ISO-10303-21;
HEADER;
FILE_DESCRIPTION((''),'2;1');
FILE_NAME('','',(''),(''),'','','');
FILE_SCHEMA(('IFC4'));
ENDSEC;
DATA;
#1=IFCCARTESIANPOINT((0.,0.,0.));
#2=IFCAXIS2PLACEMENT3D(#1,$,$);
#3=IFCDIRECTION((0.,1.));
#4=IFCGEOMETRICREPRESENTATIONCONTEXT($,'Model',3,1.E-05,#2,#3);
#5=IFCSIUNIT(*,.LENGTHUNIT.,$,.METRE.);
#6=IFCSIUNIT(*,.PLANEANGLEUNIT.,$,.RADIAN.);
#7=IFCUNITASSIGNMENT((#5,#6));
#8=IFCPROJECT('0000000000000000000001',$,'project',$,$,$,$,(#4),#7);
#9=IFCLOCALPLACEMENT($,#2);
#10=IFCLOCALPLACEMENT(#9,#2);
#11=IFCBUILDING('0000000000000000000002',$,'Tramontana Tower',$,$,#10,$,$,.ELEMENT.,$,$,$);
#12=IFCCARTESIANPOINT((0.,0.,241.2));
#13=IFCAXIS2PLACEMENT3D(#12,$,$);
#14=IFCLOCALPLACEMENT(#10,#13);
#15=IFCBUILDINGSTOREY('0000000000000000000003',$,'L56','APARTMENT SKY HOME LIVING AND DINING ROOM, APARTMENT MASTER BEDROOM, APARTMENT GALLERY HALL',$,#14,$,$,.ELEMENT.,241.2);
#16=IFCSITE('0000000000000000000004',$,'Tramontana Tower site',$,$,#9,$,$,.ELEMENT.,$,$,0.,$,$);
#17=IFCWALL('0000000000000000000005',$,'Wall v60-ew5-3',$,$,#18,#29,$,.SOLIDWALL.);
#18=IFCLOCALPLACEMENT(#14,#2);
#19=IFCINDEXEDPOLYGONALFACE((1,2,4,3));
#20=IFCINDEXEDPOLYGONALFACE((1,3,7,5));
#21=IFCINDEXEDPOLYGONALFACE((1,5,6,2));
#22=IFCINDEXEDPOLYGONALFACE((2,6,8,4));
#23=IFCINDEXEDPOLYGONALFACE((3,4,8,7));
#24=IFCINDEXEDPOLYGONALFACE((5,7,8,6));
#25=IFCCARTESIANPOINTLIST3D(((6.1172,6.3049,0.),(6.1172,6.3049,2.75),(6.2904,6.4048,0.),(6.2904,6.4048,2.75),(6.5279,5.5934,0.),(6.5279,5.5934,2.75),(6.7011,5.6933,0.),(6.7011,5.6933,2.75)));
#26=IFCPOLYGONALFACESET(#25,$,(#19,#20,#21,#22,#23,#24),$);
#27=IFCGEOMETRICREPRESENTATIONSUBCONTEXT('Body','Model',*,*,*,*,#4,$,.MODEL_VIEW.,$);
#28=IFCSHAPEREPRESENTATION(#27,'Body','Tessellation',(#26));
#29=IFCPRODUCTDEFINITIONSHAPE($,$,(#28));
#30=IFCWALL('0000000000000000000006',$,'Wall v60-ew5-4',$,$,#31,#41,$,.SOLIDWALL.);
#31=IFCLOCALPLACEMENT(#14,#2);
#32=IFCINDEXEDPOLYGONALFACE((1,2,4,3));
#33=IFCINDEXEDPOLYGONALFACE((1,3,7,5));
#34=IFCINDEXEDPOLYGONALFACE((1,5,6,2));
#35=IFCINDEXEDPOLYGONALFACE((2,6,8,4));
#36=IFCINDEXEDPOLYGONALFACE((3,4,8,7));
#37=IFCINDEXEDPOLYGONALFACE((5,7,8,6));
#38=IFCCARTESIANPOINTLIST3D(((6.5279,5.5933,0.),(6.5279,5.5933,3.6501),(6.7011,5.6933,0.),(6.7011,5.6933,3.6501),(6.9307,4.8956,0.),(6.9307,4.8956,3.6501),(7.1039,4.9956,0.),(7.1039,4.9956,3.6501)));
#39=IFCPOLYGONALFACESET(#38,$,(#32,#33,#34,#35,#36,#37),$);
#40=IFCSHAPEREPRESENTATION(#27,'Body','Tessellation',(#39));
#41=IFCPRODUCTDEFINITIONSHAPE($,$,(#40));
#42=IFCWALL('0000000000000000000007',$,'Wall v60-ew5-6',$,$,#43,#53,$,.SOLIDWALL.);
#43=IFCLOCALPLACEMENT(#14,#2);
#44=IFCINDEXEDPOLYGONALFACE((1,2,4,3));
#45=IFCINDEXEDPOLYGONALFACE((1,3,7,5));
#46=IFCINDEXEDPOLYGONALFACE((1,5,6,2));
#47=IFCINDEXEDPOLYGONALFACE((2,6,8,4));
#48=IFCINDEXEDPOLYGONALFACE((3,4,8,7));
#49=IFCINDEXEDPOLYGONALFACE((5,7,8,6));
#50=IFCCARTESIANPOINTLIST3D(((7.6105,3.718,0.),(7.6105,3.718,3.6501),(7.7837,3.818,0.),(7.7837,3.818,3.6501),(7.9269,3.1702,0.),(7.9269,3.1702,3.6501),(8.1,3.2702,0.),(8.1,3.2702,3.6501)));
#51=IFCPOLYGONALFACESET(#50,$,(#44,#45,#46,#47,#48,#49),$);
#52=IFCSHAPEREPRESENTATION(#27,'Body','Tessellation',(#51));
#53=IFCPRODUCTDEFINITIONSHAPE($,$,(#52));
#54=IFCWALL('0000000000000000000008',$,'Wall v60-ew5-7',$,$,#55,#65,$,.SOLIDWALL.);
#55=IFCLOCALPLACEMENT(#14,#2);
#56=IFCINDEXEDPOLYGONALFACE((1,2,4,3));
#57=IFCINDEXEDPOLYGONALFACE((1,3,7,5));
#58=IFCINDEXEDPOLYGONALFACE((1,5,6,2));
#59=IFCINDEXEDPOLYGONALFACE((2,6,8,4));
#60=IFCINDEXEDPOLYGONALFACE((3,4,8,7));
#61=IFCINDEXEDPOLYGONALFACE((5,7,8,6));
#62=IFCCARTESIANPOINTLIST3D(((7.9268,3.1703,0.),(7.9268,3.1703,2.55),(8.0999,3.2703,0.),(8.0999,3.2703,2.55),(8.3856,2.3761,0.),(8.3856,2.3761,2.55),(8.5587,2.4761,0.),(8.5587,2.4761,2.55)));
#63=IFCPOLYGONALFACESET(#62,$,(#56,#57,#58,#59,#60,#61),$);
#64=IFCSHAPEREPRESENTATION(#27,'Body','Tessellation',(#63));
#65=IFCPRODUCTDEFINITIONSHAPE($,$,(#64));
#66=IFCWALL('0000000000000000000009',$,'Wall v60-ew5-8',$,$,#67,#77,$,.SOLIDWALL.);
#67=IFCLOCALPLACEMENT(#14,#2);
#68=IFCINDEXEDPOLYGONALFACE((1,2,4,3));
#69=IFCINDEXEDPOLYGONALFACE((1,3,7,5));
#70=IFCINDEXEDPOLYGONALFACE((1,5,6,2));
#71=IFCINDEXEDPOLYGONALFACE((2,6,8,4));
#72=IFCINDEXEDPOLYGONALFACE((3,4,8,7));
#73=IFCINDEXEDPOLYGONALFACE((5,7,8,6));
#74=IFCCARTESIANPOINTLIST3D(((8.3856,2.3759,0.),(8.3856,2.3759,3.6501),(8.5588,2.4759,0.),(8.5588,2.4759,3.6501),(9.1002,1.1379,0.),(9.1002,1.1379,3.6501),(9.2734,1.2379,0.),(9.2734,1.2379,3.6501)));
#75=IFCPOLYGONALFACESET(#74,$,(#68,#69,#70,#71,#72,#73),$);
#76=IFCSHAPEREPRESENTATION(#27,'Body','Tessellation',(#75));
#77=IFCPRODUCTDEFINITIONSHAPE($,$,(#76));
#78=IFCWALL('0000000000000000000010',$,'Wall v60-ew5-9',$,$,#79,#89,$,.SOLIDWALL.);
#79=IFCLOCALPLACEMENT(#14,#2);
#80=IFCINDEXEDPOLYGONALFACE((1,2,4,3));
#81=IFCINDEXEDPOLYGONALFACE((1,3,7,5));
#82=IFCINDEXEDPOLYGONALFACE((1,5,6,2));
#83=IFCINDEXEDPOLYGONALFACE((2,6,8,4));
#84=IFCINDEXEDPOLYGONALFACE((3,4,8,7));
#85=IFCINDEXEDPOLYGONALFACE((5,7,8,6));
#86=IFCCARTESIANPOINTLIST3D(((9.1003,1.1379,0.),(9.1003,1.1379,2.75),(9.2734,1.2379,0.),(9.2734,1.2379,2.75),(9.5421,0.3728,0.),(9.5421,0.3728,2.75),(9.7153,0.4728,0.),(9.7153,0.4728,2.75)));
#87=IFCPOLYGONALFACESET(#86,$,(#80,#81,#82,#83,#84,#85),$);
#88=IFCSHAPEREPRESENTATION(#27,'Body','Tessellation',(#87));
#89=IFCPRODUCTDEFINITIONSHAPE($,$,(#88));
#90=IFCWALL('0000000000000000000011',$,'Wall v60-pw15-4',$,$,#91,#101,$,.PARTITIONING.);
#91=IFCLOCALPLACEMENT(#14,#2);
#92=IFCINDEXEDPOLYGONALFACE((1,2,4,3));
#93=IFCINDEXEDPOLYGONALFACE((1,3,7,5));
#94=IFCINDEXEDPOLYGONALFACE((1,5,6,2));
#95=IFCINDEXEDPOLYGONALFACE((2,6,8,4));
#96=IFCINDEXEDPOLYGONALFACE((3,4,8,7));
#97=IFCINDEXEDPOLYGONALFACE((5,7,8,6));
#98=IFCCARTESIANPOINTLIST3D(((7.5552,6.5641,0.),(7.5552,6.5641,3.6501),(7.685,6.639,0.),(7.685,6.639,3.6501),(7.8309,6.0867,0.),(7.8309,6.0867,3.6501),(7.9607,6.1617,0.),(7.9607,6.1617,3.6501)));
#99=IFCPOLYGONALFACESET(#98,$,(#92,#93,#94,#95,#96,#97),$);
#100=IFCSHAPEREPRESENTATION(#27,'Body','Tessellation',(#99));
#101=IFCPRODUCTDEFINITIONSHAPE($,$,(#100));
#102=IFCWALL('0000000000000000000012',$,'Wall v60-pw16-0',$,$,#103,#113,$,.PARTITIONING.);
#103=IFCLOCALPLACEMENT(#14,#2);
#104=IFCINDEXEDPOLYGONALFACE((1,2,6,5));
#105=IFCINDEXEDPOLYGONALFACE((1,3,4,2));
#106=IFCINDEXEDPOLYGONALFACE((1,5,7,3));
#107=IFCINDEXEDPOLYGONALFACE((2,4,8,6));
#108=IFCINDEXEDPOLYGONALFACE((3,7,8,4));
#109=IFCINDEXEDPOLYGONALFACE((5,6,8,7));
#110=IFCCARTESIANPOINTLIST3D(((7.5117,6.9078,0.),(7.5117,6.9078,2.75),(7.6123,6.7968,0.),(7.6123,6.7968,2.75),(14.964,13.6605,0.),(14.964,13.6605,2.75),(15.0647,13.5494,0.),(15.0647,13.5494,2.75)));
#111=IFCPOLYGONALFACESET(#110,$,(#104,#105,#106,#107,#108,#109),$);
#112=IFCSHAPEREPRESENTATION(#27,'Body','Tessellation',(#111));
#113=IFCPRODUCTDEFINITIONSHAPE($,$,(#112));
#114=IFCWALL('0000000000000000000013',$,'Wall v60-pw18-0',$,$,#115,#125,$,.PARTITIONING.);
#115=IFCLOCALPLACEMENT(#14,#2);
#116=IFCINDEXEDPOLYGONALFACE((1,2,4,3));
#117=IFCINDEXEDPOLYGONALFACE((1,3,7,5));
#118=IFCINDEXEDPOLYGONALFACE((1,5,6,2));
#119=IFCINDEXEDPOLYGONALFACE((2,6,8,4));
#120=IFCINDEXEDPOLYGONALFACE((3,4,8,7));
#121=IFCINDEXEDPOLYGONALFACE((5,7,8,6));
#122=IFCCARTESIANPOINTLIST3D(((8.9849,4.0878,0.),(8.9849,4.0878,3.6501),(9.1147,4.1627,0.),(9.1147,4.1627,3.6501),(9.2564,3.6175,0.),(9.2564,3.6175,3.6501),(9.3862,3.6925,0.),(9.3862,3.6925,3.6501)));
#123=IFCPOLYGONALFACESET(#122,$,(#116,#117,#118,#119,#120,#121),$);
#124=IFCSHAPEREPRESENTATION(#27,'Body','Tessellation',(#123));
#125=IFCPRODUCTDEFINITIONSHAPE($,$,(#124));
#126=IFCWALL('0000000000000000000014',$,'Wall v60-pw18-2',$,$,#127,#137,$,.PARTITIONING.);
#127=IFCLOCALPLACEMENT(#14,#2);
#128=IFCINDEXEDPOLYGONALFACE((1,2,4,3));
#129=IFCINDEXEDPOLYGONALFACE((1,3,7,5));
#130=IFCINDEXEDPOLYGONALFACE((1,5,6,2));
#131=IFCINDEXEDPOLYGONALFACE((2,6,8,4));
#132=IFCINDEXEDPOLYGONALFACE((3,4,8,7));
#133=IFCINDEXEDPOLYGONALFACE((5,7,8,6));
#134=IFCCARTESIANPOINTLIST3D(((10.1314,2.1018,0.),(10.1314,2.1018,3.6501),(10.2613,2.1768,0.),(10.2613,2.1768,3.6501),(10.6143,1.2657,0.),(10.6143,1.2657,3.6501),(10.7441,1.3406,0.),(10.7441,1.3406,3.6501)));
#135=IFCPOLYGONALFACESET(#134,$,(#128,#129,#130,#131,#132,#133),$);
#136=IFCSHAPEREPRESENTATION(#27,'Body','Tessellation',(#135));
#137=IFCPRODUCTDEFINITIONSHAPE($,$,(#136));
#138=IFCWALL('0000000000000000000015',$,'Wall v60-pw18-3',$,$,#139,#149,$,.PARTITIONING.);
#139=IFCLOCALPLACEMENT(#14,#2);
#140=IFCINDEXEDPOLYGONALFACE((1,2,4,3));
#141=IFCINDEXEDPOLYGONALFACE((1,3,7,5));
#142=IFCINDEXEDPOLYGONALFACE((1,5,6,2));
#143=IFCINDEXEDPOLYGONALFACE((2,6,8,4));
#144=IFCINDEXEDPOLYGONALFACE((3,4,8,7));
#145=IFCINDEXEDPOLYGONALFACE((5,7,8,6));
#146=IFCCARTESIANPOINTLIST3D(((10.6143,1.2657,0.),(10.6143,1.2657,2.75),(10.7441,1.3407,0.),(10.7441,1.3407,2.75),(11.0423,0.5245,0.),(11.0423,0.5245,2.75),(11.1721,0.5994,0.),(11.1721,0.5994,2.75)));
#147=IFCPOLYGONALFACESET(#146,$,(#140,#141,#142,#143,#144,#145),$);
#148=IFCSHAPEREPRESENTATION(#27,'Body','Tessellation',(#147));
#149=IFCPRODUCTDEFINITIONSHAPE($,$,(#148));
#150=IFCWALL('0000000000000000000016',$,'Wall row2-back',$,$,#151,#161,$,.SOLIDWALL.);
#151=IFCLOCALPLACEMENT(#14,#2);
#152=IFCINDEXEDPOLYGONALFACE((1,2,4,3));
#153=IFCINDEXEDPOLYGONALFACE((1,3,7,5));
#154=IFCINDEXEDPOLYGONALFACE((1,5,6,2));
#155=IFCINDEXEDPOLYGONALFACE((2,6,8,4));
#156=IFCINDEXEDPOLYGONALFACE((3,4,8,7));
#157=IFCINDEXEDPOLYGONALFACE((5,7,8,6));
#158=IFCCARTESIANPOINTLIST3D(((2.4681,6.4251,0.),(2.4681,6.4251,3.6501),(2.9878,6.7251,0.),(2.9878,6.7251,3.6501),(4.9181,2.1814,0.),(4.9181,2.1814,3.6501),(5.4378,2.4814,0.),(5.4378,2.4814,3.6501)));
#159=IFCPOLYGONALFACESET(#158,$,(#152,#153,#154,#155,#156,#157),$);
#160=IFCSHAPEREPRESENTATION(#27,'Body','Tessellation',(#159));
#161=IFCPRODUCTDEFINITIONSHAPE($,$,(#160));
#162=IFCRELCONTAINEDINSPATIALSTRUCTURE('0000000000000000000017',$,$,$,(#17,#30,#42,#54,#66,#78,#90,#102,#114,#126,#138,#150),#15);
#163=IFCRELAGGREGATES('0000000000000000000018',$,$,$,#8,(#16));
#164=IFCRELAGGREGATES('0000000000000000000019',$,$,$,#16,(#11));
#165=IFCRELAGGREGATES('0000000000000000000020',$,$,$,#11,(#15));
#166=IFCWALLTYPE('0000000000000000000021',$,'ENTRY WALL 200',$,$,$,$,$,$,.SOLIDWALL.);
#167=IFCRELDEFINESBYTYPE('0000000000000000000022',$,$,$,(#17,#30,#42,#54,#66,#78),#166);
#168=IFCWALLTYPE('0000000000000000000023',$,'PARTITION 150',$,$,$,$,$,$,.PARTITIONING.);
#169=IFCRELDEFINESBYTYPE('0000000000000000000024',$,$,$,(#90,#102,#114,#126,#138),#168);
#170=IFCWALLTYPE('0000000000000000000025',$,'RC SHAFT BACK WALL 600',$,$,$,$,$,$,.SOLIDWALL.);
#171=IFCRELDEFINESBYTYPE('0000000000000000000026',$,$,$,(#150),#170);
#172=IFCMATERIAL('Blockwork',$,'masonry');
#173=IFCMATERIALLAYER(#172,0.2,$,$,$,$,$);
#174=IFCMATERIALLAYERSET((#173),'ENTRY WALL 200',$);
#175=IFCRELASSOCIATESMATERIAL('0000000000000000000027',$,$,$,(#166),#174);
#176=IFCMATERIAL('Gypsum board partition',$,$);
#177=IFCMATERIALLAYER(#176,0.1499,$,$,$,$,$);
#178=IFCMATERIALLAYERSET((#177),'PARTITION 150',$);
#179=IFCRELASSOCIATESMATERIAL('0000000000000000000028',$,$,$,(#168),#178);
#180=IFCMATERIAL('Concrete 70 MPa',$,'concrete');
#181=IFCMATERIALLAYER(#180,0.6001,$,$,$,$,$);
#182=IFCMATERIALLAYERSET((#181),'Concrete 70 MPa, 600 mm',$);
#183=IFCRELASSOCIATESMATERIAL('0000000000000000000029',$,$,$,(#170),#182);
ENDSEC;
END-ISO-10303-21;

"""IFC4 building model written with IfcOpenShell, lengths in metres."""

from ifc_helpers import new_model, si_unit, direction, frame, frame_2d, origin, place, context, subcontext, project, spatial, rectangle, extrude, material, layer, layer_set, type_object, element, save


model = new_model("IFC4")

# Units and contexts
model_context = context("Model", 3, precision=1e-05, world=origin(), true_north=direction((0.0, 1.0)))
body_context = subcontext(model_context, "Body", "Model", "MODEL_VIEW")
ifc_project = project(units=[si_unit("LENGTHUNIT", "METRE"), si_unit("PLANEANGLEUNIT", "RADIAN")], contexts=[model_context])

# Site, building, storey
site_placement = place(None, origin())
site = spatial("IfcSite", under=ifc_project, at=site_placement, Name="Tramontana Tower site", CompositionType="ELEMENT", RefElevation=0.0)
building_placement = place(site_placement, origin())
building = spatial("IfcBuilding", under=site, at=building_placement, Name="Tramontana Tower", CompositionType="ELEMENT")
storey_placement = place(building_placement, frame((0.0, 0.0, 241.2)))
storey = spatial("IfcBuildingStorey", under=building, at=storey_placement, Name="L56", Description="APARTMENT SKY HOME LIVING AND DINING ROOM, APARTMENT MASTER BEDROOM, APARTMENT GALLERY HALL", CompositionType="ELEMENT", Elevation=241.2)

# Walls
ifc_material_1 = material(Name="Blockwork", Category="masonry")
ifc_layer_1 = layer(ifc_material_1, 0.2)
ifc_layer_set_1 = layer_set([ifc_layer_1], Name="ENTRY WALL 200")
wall_type_1 = type_object("IfcWallType", Name="ENTRY WALL 200", PredefinedType="SOLIDWALL", material=ifc_layer_set_1)
wall_1_placement = place(storey_placement, frame((6.2039, 6.3547, 0.0), z_axis=(0.0, 0.0, 1.0), x_axis=(0.499911, -0.866077, 0.0)))
element("IfcWall", 1, at=wall_1_placement, inside=storey, type_object=wall_type_1, Name="Wall v60-ew5-3", PredefinedType="SOLIDWALL", context=body_context, shape_type="SweptSolid", body=[
    extrude(rectangle(XDim=0.8215, YDim=0.2, at=frame_2d((0.4106, 0.0))), origin(), (0.0, 0.0, 1.0), 2.75),
])
wall_2_placement = place(storey_placement, frame((6.6145, 5.6433, 0.0), z_axis=(0.0, 0.0, 1.0), x_axis=(0.499985, -0.866034, 0.0)))
element("IfcWall", 2, at=wall_2_placement, inside=storey, type_object=wall_type_1, Name="Wall v60-ew5-4", PredefinedType="SOLIDWALL", context=body_context, shape_type="SweptSolid", body=[
    extrude(rectangle(XDim=0.8057, YDim=0.2, at=frame_2d((0.4028, 0.0))), origin(), (0.0, 0.0, 1.0), 3.6501),
])

# Walls
wall_3_placement = place(storey_placement, frame((7.697, 3.7681, 0.0), z_axis=(0.0, 0.0, 1.0), x_axis=(0.500123, -0.865954, 0.0)))
element("IfcWall", 3, at=wall_3_placement, inside=storey, type_object=wall_type_1, Name="Wall v60-ew5-6", PredefinedType="SOLIDWALL", context=body_context, shape_type="SweptSolid", body=[
    extrude(rectangle(XDim=0.6326, YDim=0.2, at=frame_2d((0.3164, 0.0))), origin(), (0.0, 0.0, 1.0), 3.6501),
])
wall_4_placement = place(storey_placement, frame((8.0134, 3.2202, 0.0), z_axis=(0.0, 0.0, 1.0), x_axis=(0.500176, -0.865924, 0.0)))
element("IfcWall", 4, at=wall_4_placement, inside=storey, type_object=wall_type_1, Name="Wall v60-ew5-7", PredefinedType="SOLIDWALL", context=body_context, shape_type="SweptSolid", body=[
    extrude(rectangle(XDim=0.9172, YDim=0.2, at=frame_2d((0.4585, 0.0))), origin(), (0.0, 0.0, 1.0), 2.55),
])
wall_5_placement = place(storey_placement, frame((8.4722, 2.426, 0.0), z_axis=(0.0, 0.0, 1.0), x_axis=(0.499905, -0.86608, 0.0)))
element("IfcWall", 5, at=wall_5_placement, inside=storey, type_object=wall_type_1, Name="Wall v60-ew5-8", PredefinedType="SOLIDWALL", context=body_context, shape_type="SweptSolid", body=[
    extrude(rectangle(XDim=1.4294, YDim=0.2, at=frame_2d((0.7148, 0.0))), origin(), (0.0, 0.0, 1.0), 3.6501),
])
wall_6_placement = place(storey_placement, frame((9.1868, 1.188, 0.0), z_axis=(0.0, 0.0, 1.0), x_axis=(0.500121, -0.865955, 0.0)))
element("IfcWall", 6, at=wall_6_placement, inside=storey, type_object=wall_type_1, Name="Wall v60-ew5-9", PredefinedType="SOLIDWALL", context=body_context, shape_type="SweptSolid", body=[
    extrude(rectangle(XDim=0.8835, YDim=0.2, at=frame_2d((0.4419, 0.0))), origin(), (0.0, 0.0, 1.0), 2.75),
])
ifc_material_2 = material(Name="Gypsum board partition")
ifc_layer_2 = layer(ifc_material_2, 0.1499)
ifc_layer_set_2 = layer_set([ifc_layer_2], Name="PARTITION 150")
wall_type_2 = type_object("IfcWallType", Name="PARTITION 150", PredefinedType="PARTITIONING", material=ifc_layer_set_2)
wall_7_placement = place(storey_placement, frame((7.6201, 6.6016, 0.0), z_axis=(0.0, 0.0, 1.0), x_axis=(0.500093, -0.865972, 0.0)))
element("IfcWall", 7, at=wall_7_placement, inside=storey, type_object=wall_type_2, Name="Wall v60-pw15-4", PredefinedType="PARTITIONING", context=body_context, shape_type="SweptSolid", body=[
    extrude(rectangle(XDim=0.5513, YDim=0.1499, at=frame_2d((0.2756, 0.0))), origin(), (0.0, 0.0, 1.0), 3.6501),
])
wall_8_placement = place(storey_placement, frame((7.562, 6.8523, 0.0), z_axis=(0.0, 0.0, 1.0), x_axis=(0.741039, 0.671462, 0.0)))
element("IfcWall", 8, at=wall_8_placement, inside=storey, type_object=wall_type_2, Name="Wall v60-pw16-0", PredefinedType="PARTITIONING", context=body_context, shape_type="SweptSolid", body=[
    extrude(rectangle(XDim=10.0566, YDim=0.1499, at=frame_2d((5.0283, 0.0))), origin(), (0.0, 0.0, 1.0), 2.75),
])

# Wall
wall_9_placement = place(storey_placement, frame((9.0498, 4.1252, 0.0), z_axis=(0.0, 0.0, 1.0), x_axis=(0.500008, -0.866021, 0.0)))
element("IfcWall", 9, at=wall_9_placement, inside=storey, type_object=wall_type_2, Name="Wall v60-pw18-0", PredefinedType="PARTITIONING", context=body_context, shape_type="SweptSolid", body=[
    extrude(rectangle(XDim=0.543, YDim=0.1499, at=frame_2d((0.2715, 0.0))), origin(), (0.0, 0.0, 1.0), 3.6501),
])

# Walls
wall_10_placement = place(storey_placement, frame((10.1963, 2.1394, 0.0), z_axis=(0.0, 0.0, 1.0), x_axis=(0.500109, -0.865962, 0.0)))
element("IfcWall", 10, at=wall_10_placement, inside=storey, type_object=wall_type_2, Name="Wall v60-pw18-2", PredefinedType="PARTITIONING", context=body_context, shape_type="SweptSolid", body=[
    extrude(rectangle(XDim=0.9656, YDim=0.1499, at=frame_2d((0.4829, 0.0))), origin(), (0.0, 0.0, 1.0), 3.6501),
])
wall_11_placement = place(storey_placement, frame((10.6792, 1.3032, 0.0), z_axis=(0.0, 0.0, 1.0), x_axis=(0.500035, -0.866005, 0.0)))
element("IfcWall", 11, at=wall_11_placement, inside=storey, type_object=wall_type_2, Name="Wall v60-pw18-3", PredefinedType="PARTITIONING", context=body_context, shape_type="SweptSolid", body=[
    extrude(rectangle(XDim=0.856, YDim=0.1499, at=frame_2d((0.428, 0.0))), origin(), (0.0, 0.0, 1.0), 2.75),
])
ifc_material_3 = material(Name="Concrete 70 MPa", Category="concrete")
ifc_layer_3 = layer(ifc_material_3, 0.6001)
ifc_layer_set_3 = layer_set([ifc_layer_3], Name="Concrete 70 MPa, 600 mm")
wall_type_3 = type_object("IfcWallType", Name="RC SHAFT BACK WALL 600", PredefinedType="SOLIDWALL", material=ifc_layer_set_3)
wall_12_placement = place(storey_placement, frame((5.178, 2.3313, 0.0), z_axis=(0.0, 0.0, 1.0), x_axis=(-0.499981, 0.866036, 0.0)))
element("IfcWall", 12, at=wall_12_placement, inside=storey, type_object=wall_type_3, Name="Wall row2-back", PredefinedType="SOLIDWALL", context=body_context, shape_type="SweptSolid", body=[
    extrude(rectangle(XDim=4.9001, YDim=0.6001, at=frame_2d((2.4502, 0.0))), origin(), (0.0, 0.0, 1.0), 3.6501),
])

save(model, "model.ifc")
